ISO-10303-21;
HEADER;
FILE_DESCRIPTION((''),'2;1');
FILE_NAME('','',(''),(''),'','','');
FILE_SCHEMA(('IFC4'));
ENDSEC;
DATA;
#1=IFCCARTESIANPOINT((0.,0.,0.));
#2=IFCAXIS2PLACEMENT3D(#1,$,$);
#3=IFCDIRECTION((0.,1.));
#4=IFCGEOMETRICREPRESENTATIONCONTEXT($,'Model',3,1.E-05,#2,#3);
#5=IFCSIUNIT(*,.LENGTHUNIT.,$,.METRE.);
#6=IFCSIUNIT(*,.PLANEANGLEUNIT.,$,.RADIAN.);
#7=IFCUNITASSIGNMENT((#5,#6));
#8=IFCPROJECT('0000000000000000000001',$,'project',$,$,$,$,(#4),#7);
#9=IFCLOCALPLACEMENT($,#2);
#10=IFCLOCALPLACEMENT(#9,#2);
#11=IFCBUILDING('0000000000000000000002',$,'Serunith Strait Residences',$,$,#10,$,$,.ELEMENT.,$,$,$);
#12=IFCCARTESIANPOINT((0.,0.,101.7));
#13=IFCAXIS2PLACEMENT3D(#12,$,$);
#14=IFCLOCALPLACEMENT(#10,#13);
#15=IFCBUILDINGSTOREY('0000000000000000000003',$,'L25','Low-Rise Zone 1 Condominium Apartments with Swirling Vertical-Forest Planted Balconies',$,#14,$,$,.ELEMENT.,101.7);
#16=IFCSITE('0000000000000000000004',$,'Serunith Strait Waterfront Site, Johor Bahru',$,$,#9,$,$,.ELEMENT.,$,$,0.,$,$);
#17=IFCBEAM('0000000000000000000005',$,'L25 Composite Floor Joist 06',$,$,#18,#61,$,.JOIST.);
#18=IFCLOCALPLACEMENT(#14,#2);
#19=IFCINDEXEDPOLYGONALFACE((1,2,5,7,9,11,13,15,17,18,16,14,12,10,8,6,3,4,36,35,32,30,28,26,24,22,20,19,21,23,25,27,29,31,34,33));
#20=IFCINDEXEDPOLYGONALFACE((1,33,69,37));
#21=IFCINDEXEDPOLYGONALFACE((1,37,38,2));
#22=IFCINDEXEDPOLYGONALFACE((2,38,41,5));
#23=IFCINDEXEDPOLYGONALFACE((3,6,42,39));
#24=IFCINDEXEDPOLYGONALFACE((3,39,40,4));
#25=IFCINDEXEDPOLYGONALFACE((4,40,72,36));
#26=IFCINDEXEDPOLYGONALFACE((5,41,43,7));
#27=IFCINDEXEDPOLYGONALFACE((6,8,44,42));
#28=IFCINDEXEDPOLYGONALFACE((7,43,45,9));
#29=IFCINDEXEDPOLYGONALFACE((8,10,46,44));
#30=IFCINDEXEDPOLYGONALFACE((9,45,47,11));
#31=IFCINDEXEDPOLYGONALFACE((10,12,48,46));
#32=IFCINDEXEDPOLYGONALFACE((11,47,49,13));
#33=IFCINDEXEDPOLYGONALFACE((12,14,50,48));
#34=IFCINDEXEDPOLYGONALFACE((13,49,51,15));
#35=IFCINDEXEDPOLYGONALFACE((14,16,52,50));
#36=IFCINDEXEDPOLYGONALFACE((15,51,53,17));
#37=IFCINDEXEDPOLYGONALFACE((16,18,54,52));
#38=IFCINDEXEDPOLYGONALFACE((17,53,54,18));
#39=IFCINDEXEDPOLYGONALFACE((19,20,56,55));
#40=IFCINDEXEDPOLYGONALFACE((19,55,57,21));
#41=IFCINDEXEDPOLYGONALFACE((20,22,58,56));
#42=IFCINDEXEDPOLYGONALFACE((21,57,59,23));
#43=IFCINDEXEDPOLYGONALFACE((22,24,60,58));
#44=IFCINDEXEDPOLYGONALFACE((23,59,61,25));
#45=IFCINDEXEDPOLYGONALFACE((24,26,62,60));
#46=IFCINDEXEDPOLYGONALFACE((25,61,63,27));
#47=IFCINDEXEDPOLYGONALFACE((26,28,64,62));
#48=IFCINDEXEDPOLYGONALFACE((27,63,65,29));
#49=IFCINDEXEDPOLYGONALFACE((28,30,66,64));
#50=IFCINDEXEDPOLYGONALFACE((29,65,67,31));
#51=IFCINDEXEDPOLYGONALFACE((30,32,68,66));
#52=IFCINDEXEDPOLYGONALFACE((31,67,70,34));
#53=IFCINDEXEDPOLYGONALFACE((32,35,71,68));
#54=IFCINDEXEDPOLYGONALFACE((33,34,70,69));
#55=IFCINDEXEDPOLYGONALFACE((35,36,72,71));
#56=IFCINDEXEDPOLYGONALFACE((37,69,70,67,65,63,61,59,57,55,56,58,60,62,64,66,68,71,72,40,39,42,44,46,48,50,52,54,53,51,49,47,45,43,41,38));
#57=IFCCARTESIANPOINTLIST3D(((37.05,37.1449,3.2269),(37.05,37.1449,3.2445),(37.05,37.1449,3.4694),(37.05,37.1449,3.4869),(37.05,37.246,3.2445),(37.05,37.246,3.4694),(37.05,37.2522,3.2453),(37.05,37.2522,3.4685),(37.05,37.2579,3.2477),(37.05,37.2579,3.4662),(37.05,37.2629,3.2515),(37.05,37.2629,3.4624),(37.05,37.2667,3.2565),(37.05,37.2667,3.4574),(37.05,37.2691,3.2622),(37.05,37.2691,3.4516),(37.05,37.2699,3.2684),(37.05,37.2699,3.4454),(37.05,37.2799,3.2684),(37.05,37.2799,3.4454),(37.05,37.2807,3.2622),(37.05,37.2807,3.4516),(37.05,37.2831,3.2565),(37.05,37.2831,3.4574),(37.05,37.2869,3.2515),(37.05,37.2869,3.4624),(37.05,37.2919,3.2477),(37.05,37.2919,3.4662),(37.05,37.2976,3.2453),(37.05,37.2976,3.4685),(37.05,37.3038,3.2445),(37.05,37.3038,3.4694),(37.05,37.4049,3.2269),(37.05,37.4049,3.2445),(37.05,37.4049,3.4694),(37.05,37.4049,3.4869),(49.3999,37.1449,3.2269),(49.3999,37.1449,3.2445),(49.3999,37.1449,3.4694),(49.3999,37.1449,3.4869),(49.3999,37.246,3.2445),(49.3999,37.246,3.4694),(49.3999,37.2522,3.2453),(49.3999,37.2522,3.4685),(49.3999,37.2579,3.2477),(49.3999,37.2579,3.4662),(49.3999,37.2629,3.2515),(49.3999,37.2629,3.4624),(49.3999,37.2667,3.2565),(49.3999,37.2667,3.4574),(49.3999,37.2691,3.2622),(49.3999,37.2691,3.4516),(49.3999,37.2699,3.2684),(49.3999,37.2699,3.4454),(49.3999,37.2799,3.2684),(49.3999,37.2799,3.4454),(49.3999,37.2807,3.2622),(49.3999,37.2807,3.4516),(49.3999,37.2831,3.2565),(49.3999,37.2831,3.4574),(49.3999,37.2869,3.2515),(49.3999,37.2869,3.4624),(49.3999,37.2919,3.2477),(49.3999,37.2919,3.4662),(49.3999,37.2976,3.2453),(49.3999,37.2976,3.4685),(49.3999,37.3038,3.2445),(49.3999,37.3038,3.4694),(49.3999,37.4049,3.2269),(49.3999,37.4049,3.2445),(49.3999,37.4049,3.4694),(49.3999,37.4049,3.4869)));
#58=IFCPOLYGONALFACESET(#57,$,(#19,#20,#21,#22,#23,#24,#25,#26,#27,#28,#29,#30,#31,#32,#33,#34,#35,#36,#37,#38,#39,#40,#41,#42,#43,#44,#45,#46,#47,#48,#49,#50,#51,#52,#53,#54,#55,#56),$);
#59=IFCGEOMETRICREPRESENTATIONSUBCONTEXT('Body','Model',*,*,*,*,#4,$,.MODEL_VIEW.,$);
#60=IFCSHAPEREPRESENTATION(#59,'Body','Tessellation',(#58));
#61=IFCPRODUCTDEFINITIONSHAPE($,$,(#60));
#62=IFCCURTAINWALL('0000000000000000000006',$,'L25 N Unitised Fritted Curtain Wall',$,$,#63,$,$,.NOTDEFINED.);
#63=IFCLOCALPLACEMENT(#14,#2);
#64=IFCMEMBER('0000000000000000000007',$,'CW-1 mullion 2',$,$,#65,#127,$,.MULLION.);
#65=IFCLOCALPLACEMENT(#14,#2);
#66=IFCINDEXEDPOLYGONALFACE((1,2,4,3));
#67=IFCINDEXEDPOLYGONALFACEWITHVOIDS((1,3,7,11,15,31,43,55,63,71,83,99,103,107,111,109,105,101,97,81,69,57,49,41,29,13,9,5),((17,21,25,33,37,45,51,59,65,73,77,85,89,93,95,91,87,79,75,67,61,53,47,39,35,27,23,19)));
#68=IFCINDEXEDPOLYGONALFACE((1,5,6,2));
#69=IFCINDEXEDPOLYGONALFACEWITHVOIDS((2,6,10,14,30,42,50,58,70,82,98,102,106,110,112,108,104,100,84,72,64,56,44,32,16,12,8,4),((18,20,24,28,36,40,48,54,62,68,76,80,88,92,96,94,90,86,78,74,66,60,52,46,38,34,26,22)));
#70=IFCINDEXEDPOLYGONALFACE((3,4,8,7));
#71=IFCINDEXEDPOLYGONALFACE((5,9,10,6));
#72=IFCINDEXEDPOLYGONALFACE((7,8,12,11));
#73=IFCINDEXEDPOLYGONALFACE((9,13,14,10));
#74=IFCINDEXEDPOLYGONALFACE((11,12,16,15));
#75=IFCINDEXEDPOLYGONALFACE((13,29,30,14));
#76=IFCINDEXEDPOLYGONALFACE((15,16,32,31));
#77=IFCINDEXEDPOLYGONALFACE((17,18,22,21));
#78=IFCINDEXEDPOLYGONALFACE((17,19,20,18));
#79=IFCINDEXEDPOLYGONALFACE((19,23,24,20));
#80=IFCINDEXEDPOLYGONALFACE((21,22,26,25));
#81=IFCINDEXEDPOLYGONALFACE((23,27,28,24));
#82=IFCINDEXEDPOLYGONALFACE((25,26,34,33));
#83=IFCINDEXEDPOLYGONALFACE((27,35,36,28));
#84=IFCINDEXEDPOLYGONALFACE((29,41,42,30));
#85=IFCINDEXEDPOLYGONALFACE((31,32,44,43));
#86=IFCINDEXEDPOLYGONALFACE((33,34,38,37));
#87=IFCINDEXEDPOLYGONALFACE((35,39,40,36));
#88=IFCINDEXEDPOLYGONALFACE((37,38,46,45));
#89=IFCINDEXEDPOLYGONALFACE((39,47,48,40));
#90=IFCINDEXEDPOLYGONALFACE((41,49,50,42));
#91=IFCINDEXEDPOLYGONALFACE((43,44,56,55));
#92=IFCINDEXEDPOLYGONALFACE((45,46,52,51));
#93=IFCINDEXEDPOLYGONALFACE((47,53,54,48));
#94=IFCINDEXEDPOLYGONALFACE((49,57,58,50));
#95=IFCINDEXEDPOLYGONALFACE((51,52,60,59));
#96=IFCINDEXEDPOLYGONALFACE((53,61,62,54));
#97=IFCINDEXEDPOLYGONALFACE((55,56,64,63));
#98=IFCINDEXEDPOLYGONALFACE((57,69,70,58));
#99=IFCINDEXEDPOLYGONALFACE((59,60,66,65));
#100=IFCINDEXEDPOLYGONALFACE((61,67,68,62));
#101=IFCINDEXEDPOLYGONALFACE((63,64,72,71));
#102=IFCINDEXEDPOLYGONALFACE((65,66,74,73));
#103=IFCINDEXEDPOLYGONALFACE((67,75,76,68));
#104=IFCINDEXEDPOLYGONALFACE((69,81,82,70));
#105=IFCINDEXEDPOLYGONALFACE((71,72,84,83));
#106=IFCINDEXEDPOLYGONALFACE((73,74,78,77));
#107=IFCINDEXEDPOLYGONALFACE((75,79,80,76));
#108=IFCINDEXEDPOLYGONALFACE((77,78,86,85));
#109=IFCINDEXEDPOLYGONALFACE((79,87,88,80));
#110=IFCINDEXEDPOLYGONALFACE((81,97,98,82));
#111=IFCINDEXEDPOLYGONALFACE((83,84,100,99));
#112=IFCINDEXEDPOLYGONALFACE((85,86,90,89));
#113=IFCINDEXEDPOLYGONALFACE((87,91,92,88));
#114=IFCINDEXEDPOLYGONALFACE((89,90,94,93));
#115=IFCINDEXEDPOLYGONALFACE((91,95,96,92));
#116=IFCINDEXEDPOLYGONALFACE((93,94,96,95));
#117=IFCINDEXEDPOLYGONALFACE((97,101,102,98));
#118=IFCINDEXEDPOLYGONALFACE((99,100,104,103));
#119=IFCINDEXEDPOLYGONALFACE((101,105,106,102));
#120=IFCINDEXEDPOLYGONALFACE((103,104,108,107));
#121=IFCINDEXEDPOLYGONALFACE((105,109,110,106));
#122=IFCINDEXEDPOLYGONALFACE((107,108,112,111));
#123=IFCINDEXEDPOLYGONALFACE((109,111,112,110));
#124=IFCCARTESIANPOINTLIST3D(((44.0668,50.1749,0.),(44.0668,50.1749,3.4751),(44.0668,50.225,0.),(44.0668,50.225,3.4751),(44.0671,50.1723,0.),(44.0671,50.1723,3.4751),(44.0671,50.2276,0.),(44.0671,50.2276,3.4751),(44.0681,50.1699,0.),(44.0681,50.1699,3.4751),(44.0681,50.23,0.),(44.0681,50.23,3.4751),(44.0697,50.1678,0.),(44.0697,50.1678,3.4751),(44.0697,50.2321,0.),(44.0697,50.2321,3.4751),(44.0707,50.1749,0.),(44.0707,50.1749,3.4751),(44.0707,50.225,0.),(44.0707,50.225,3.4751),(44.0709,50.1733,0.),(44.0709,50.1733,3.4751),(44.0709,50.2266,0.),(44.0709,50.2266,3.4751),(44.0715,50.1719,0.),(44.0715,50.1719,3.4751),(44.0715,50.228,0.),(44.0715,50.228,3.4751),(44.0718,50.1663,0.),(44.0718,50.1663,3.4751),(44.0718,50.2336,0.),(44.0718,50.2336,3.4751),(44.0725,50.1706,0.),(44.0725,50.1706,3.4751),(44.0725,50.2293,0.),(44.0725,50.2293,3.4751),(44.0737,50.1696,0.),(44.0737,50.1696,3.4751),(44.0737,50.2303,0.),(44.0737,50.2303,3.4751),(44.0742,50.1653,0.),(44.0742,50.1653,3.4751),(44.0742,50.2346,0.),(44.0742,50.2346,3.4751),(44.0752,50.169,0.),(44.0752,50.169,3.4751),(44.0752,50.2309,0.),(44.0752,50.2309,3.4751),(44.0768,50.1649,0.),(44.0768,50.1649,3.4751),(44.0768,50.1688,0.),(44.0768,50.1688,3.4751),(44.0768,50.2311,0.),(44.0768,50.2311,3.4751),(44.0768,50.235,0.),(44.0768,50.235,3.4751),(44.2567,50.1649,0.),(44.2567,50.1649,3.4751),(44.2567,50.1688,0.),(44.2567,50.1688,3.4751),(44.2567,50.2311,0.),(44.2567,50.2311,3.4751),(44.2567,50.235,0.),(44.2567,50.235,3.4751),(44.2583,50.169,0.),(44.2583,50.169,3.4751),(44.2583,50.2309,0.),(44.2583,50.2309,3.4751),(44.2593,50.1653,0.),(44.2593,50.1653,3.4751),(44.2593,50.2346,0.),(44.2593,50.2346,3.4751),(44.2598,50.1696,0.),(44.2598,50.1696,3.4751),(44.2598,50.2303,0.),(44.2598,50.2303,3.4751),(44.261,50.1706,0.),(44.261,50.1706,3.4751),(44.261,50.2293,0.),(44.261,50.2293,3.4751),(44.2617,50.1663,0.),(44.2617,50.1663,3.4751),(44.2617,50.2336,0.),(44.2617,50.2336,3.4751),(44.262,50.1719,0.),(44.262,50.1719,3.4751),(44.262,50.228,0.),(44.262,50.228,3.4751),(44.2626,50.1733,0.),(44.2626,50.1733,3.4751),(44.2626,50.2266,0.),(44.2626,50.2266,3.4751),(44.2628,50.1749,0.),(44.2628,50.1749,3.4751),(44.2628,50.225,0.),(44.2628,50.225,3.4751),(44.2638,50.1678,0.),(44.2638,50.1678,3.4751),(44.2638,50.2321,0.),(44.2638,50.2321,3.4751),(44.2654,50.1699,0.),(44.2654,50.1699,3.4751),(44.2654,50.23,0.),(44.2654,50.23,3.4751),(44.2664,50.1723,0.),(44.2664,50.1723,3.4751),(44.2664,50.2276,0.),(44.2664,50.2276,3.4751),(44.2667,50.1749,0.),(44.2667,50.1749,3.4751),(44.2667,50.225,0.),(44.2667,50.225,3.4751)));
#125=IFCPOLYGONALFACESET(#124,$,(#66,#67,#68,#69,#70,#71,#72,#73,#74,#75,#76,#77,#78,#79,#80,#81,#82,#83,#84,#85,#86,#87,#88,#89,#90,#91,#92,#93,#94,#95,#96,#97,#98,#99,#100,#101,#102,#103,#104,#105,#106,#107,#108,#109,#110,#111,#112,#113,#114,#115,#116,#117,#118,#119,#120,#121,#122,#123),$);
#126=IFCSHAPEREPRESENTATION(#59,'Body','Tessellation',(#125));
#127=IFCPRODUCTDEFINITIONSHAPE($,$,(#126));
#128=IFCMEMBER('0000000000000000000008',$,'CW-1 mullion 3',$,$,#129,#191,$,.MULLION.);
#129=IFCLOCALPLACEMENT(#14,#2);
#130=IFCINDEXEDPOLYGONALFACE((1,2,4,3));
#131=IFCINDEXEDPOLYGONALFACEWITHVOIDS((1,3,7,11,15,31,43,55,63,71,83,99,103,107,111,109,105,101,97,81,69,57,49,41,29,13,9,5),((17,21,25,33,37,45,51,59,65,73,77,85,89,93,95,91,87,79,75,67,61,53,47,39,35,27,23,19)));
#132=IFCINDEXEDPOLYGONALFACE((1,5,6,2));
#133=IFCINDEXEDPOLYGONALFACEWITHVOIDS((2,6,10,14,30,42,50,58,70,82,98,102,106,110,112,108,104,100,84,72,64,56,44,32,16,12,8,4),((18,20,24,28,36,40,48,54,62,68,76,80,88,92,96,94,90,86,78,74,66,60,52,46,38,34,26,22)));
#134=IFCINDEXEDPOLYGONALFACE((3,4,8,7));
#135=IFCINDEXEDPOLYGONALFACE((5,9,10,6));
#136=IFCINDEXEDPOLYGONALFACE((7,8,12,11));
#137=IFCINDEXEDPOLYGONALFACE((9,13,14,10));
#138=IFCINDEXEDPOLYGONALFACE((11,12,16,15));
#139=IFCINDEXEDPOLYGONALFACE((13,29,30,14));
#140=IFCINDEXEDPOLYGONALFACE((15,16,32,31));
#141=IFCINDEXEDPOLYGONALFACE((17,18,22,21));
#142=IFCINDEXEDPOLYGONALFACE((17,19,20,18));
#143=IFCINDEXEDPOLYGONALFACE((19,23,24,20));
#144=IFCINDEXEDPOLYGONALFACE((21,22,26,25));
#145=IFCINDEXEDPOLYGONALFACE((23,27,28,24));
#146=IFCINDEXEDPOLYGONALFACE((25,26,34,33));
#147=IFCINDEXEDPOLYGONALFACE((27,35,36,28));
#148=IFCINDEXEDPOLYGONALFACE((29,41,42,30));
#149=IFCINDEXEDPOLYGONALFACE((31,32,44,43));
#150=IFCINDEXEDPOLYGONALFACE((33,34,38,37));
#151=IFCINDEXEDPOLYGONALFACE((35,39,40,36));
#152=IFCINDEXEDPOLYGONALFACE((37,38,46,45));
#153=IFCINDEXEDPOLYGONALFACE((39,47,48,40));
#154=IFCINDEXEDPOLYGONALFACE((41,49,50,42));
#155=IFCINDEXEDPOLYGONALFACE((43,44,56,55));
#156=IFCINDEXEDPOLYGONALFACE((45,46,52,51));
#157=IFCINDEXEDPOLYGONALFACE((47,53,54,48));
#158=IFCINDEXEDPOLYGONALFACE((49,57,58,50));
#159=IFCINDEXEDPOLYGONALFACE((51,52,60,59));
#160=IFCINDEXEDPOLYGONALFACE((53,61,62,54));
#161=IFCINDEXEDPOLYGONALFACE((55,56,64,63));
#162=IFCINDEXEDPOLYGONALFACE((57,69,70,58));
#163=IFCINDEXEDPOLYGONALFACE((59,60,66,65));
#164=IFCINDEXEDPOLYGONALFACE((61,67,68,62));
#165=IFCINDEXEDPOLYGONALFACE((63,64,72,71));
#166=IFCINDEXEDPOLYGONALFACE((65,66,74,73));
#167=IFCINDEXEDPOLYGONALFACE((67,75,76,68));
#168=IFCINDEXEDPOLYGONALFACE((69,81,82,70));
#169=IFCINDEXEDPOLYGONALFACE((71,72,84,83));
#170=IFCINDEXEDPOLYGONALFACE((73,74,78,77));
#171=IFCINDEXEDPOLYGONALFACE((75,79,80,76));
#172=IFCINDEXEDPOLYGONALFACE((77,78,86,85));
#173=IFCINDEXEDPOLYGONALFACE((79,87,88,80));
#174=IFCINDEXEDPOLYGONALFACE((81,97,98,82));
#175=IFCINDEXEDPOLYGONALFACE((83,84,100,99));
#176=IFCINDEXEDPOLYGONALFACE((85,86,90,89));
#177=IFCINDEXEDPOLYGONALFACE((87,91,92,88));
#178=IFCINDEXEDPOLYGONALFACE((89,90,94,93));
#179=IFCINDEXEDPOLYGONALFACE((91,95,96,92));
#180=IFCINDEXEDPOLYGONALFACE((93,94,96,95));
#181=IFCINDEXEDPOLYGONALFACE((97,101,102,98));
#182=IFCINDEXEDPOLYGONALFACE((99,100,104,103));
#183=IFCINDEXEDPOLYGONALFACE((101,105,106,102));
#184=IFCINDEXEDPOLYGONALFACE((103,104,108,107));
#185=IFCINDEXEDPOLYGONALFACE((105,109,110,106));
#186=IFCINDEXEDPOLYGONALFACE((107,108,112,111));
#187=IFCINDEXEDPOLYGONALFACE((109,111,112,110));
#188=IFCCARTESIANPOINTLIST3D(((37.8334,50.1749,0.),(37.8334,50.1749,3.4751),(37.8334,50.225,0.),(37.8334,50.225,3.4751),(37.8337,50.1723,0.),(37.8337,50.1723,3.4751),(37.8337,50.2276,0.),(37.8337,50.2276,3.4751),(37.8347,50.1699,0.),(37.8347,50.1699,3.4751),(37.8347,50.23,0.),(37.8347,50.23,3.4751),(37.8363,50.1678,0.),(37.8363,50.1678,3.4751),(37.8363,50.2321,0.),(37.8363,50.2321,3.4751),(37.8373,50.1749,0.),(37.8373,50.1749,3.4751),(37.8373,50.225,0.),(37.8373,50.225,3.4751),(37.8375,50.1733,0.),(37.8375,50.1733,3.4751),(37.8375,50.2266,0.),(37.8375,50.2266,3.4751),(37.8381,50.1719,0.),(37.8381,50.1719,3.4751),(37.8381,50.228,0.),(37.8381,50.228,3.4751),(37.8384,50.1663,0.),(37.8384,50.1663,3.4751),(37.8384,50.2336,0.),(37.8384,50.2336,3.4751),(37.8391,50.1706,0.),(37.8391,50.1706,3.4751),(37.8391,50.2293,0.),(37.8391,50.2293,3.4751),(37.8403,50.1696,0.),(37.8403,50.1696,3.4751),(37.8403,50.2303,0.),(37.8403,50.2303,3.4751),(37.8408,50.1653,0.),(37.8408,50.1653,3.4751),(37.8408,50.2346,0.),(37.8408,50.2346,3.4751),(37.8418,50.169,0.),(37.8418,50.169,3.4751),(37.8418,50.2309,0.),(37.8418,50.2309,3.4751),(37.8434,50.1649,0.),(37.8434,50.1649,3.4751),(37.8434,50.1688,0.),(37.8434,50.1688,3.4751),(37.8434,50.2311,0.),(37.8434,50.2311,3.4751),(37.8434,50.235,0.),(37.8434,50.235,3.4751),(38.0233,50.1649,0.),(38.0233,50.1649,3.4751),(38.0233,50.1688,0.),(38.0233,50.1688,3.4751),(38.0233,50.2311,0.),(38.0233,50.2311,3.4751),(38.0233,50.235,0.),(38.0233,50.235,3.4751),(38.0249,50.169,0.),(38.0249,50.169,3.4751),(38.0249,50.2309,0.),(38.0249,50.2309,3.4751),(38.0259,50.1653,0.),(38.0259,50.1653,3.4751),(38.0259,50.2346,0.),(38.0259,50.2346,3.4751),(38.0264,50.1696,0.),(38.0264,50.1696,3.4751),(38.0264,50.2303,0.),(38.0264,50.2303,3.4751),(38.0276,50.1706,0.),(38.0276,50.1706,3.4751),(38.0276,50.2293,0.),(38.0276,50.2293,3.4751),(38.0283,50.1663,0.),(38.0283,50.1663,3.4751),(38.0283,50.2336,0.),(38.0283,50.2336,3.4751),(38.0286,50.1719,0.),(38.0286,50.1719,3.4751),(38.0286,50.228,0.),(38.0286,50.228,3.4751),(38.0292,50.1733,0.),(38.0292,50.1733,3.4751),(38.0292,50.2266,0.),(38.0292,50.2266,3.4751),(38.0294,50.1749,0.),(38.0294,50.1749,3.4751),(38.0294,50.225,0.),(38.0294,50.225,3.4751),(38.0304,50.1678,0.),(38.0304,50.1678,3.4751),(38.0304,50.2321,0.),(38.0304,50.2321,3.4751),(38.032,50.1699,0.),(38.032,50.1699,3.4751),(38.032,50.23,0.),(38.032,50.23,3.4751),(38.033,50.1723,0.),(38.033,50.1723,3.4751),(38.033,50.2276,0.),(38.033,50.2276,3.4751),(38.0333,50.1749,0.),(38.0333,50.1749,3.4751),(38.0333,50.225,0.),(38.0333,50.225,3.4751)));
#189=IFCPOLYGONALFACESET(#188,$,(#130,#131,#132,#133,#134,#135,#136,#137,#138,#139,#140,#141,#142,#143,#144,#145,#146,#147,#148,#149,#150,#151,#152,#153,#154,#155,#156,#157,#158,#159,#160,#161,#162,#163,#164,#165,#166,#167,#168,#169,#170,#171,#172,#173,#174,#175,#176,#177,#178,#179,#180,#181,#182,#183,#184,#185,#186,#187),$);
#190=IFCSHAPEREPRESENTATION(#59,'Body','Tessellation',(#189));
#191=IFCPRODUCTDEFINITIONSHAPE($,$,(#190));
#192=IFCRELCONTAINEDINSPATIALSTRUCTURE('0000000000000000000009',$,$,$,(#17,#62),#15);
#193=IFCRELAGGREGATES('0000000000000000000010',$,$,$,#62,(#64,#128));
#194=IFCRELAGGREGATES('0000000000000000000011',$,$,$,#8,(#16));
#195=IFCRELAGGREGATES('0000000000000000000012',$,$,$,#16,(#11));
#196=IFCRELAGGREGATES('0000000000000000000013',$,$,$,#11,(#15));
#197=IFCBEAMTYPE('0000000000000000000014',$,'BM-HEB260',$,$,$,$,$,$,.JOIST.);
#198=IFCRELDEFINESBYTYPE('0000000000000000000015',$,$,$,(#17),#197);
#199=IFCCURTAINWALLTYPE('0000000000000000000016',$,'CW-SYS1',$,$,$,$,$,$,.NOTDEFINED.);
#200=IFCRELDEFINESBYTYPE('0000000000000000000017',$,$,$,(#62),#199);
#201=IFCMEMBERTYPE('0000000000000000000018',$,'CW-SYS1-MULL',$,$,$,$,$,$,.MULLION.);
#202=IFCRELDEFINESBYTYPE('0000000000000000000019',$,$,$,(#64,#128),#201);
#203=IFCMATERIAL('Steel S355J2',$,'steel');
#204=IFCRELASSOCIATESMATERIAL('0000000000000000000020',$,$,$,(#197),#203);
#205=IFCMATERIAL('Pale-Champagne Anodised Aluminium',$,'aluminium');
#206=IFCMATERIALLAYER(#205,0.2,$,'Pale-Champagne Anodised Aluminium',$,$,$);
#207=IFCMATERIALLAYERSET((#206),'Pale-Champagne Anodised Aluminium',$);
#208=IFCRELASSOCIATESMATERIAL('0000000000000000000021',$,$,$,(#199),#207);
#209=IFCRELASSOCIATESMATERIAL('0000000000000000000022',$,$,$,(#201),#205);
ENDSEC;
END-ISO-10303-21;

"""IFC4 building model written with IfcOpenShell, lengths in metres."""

from ifc_helpers import new_model, si_unit, direction, frame, origin, origin_2d, place, context, subcontext, project, spatial, hollow_rectangle, i_section, extrude, source, transform, mapped, material, layer, layer_set, material_profile, profile_set, type_object, element, aggregate, save


model = new_model("IFC4")

# Units and contexts
model_context = context("Model", 3, precision=1e-05, world=origin(), true_north=direction((0.0, 1.0)))
body_context = subcontext(model_context, "Body", "Model", "MODEL_VIEW")
ifc_project = project(units=[si_unit("LENGTHUNIT", "METRE"), si_unit("PLANEANGLEUNIT", "RADIAN")], contexts=[model_context])

# Site, building, storey
site_placement = place(None, origin())
site = spatial("IfcSite", under=ifc_project, at=site_placement, Name="Serunith Strait Waterfront Site, Johor Bahru", CompositionType="ELEMENT", RefElevation=0.0)
building_placement = place(site_placement, origin())
building = spatial("IfcBuilding", under=site, at=building_placement, Name="Serunith Strait Residences", CompositionType="ELEMENT")
storey_placement = place(building_placement, frame((0.0, 0.0, 101.7)))
storey = spatial("IfcBuildingStorey", under=building, at=storey_placement, Name="L25", Description="Low-Rise Zone 1 Condominium Apartments with Swirling Vertical-Forest Planted Balconies", CompositionType="ELEMENT", Elevation=101.7)

# Beam
ifc_material_1 = material(Name="Steel S355J2", Category="steel")
ifc_material_profile_1 = material_profile(ifc_material_1, i_section(OverallWidth=0.26, OverallDepth=0.26, WebThickness=0.01, FlangeThickness=0.0176, FilletRadius=0.0239, at=origin_2d()), Name="HEB 260")
ifc_profile_set_1 = profile_set([ifc_material_profile_1], Name="Steel S355J2")
beam_type_1 = type_object("IfcBeamType", Name="BM-HEB260", PredefinedType="JOIST", material=ifc_profile_set_1)
shared_shape_1 = source(origin(), body_context, "Body", "SweptSolid", [
    extrude(i_section(OverallWidth=0.26, OverallDepth=0.26, WebThickness=0.01, FlangeThickness=0.0176, FilletRadius=0.0239, at=origin_2d()), origin(), (0.0, 0.0, 1.0), 12.3499),
])
beam_1_placement = place(storey_placement, frame((37.05, 37.2749, 3.3569), z_axis=(1.0, 0.0, 0.0), x_axis=(0.0, 1.0, 0.0)))
element("IfcBeam", 1, at=beam_1_placement, inside=storey, type_object=beam_type_1, Name="L25 Composite Floor Joist 06", PredefinedType="JOIST", context=body_context, shape_type="MappedRepresentation", body=[
    mapped(shared_shape_1, transform((0.0, 0.0, 0.0), scale=1.0)),
])

# Curtain wall, members
ifc_material_2 = material(Name="Pale-Champagne Anodised Aluminium", Category="aluminium")
ifc_layer_1 = layer(ifc_material_2, 0.2, Name="Pale-Champagne Anodised Aluminium")
ifc_layer_set_1 = layer_set([ifc_layer_1], Name="Pale-Champagne Anodised Aluminium")
curtain_wall_type = type_object("IfcCurtainWallType", Name="CW-SYS1", PredefinedType="NOTDEFINED", material=ifc_layer_set_1)
curtain_wall_placement = place(storey_placement, origin())
curtain_wall = element("IfcCurtainWall", 2, at=curtain_wall_placement, inside=storey, type_object=curtain_wall_type, Name="L25 N Unitised Fritted Curtain Wall", PredefinedType="NOTDEFINED")
ifc_material_profile_2 = material_profile(ifc_material_2, hollow_rectangle(XDim=0.0701, YDim=0.2, WallThickness=0.0039, InnerFilletRadius=0.0061, OuterFilletRadius=0.01, at=origin_2d()), Name="ALU 200x70x4")
ifc_profile_set_2 = profile_set([ifc_material_profile_2], Name="Pale-Champagne Anodised Aluminium")
member_type_1 = type_object("IfcMemberType", Name="CW-SYS1-MULL", PredefinedType="MULLION", material=ifc_profile_set_2)
shared_shape_2 = source(origin(), body_context, "Body", "SweptSolid", [
    extrude(hollow_rectangle(XDim=0.0701, YDim=0.2, WallThickness=0.0039, InnerFilletRadius=0.0061, OuterFilletRadius=0.01, at=origin_2d()), origin(), (0.0, 0.0, 1.0), 3.4751),
])
member_1_placement = place(storey_placement, frame((44.1667, 50.2, 0.0), z_axis=(0.0, 0.0, 1.0), x_axis=(0.0, -1.0, 0.0)))
member_1 = element("IfcMember", 3, at=member_1_placement, type_object=member_type_1, Name="CW-1 mullion 2", PredefinedType="MULLION", context=body_context, shape_type="MappedRepresentation", body=[
    mapped(shared_shape_2, transform((0.0, 0.0, 0.0), scale=1.0)),
])
member_2_placement = place(storey_placement, frame((37.9333, 50.2, 0.0), z_axis=(0.0, 0.0, 1.0), x_axis=(0.0, -1.0, 0.0)))
member_2 = element("IfcMember", 4, at=member_2_placement, type_object=member_type_1, Name="CW-1 mullion 3", PredefinedType="MULLION", context=body_context, shape_type="MappedRepresentation", body=[
    mapped(shared_shape_2, transform((0.0, 0.0, 0.0), scale=1.0)),
])
aggregate(curtain_wall, [member_1, member_2])

save(model, "model.ifc")
